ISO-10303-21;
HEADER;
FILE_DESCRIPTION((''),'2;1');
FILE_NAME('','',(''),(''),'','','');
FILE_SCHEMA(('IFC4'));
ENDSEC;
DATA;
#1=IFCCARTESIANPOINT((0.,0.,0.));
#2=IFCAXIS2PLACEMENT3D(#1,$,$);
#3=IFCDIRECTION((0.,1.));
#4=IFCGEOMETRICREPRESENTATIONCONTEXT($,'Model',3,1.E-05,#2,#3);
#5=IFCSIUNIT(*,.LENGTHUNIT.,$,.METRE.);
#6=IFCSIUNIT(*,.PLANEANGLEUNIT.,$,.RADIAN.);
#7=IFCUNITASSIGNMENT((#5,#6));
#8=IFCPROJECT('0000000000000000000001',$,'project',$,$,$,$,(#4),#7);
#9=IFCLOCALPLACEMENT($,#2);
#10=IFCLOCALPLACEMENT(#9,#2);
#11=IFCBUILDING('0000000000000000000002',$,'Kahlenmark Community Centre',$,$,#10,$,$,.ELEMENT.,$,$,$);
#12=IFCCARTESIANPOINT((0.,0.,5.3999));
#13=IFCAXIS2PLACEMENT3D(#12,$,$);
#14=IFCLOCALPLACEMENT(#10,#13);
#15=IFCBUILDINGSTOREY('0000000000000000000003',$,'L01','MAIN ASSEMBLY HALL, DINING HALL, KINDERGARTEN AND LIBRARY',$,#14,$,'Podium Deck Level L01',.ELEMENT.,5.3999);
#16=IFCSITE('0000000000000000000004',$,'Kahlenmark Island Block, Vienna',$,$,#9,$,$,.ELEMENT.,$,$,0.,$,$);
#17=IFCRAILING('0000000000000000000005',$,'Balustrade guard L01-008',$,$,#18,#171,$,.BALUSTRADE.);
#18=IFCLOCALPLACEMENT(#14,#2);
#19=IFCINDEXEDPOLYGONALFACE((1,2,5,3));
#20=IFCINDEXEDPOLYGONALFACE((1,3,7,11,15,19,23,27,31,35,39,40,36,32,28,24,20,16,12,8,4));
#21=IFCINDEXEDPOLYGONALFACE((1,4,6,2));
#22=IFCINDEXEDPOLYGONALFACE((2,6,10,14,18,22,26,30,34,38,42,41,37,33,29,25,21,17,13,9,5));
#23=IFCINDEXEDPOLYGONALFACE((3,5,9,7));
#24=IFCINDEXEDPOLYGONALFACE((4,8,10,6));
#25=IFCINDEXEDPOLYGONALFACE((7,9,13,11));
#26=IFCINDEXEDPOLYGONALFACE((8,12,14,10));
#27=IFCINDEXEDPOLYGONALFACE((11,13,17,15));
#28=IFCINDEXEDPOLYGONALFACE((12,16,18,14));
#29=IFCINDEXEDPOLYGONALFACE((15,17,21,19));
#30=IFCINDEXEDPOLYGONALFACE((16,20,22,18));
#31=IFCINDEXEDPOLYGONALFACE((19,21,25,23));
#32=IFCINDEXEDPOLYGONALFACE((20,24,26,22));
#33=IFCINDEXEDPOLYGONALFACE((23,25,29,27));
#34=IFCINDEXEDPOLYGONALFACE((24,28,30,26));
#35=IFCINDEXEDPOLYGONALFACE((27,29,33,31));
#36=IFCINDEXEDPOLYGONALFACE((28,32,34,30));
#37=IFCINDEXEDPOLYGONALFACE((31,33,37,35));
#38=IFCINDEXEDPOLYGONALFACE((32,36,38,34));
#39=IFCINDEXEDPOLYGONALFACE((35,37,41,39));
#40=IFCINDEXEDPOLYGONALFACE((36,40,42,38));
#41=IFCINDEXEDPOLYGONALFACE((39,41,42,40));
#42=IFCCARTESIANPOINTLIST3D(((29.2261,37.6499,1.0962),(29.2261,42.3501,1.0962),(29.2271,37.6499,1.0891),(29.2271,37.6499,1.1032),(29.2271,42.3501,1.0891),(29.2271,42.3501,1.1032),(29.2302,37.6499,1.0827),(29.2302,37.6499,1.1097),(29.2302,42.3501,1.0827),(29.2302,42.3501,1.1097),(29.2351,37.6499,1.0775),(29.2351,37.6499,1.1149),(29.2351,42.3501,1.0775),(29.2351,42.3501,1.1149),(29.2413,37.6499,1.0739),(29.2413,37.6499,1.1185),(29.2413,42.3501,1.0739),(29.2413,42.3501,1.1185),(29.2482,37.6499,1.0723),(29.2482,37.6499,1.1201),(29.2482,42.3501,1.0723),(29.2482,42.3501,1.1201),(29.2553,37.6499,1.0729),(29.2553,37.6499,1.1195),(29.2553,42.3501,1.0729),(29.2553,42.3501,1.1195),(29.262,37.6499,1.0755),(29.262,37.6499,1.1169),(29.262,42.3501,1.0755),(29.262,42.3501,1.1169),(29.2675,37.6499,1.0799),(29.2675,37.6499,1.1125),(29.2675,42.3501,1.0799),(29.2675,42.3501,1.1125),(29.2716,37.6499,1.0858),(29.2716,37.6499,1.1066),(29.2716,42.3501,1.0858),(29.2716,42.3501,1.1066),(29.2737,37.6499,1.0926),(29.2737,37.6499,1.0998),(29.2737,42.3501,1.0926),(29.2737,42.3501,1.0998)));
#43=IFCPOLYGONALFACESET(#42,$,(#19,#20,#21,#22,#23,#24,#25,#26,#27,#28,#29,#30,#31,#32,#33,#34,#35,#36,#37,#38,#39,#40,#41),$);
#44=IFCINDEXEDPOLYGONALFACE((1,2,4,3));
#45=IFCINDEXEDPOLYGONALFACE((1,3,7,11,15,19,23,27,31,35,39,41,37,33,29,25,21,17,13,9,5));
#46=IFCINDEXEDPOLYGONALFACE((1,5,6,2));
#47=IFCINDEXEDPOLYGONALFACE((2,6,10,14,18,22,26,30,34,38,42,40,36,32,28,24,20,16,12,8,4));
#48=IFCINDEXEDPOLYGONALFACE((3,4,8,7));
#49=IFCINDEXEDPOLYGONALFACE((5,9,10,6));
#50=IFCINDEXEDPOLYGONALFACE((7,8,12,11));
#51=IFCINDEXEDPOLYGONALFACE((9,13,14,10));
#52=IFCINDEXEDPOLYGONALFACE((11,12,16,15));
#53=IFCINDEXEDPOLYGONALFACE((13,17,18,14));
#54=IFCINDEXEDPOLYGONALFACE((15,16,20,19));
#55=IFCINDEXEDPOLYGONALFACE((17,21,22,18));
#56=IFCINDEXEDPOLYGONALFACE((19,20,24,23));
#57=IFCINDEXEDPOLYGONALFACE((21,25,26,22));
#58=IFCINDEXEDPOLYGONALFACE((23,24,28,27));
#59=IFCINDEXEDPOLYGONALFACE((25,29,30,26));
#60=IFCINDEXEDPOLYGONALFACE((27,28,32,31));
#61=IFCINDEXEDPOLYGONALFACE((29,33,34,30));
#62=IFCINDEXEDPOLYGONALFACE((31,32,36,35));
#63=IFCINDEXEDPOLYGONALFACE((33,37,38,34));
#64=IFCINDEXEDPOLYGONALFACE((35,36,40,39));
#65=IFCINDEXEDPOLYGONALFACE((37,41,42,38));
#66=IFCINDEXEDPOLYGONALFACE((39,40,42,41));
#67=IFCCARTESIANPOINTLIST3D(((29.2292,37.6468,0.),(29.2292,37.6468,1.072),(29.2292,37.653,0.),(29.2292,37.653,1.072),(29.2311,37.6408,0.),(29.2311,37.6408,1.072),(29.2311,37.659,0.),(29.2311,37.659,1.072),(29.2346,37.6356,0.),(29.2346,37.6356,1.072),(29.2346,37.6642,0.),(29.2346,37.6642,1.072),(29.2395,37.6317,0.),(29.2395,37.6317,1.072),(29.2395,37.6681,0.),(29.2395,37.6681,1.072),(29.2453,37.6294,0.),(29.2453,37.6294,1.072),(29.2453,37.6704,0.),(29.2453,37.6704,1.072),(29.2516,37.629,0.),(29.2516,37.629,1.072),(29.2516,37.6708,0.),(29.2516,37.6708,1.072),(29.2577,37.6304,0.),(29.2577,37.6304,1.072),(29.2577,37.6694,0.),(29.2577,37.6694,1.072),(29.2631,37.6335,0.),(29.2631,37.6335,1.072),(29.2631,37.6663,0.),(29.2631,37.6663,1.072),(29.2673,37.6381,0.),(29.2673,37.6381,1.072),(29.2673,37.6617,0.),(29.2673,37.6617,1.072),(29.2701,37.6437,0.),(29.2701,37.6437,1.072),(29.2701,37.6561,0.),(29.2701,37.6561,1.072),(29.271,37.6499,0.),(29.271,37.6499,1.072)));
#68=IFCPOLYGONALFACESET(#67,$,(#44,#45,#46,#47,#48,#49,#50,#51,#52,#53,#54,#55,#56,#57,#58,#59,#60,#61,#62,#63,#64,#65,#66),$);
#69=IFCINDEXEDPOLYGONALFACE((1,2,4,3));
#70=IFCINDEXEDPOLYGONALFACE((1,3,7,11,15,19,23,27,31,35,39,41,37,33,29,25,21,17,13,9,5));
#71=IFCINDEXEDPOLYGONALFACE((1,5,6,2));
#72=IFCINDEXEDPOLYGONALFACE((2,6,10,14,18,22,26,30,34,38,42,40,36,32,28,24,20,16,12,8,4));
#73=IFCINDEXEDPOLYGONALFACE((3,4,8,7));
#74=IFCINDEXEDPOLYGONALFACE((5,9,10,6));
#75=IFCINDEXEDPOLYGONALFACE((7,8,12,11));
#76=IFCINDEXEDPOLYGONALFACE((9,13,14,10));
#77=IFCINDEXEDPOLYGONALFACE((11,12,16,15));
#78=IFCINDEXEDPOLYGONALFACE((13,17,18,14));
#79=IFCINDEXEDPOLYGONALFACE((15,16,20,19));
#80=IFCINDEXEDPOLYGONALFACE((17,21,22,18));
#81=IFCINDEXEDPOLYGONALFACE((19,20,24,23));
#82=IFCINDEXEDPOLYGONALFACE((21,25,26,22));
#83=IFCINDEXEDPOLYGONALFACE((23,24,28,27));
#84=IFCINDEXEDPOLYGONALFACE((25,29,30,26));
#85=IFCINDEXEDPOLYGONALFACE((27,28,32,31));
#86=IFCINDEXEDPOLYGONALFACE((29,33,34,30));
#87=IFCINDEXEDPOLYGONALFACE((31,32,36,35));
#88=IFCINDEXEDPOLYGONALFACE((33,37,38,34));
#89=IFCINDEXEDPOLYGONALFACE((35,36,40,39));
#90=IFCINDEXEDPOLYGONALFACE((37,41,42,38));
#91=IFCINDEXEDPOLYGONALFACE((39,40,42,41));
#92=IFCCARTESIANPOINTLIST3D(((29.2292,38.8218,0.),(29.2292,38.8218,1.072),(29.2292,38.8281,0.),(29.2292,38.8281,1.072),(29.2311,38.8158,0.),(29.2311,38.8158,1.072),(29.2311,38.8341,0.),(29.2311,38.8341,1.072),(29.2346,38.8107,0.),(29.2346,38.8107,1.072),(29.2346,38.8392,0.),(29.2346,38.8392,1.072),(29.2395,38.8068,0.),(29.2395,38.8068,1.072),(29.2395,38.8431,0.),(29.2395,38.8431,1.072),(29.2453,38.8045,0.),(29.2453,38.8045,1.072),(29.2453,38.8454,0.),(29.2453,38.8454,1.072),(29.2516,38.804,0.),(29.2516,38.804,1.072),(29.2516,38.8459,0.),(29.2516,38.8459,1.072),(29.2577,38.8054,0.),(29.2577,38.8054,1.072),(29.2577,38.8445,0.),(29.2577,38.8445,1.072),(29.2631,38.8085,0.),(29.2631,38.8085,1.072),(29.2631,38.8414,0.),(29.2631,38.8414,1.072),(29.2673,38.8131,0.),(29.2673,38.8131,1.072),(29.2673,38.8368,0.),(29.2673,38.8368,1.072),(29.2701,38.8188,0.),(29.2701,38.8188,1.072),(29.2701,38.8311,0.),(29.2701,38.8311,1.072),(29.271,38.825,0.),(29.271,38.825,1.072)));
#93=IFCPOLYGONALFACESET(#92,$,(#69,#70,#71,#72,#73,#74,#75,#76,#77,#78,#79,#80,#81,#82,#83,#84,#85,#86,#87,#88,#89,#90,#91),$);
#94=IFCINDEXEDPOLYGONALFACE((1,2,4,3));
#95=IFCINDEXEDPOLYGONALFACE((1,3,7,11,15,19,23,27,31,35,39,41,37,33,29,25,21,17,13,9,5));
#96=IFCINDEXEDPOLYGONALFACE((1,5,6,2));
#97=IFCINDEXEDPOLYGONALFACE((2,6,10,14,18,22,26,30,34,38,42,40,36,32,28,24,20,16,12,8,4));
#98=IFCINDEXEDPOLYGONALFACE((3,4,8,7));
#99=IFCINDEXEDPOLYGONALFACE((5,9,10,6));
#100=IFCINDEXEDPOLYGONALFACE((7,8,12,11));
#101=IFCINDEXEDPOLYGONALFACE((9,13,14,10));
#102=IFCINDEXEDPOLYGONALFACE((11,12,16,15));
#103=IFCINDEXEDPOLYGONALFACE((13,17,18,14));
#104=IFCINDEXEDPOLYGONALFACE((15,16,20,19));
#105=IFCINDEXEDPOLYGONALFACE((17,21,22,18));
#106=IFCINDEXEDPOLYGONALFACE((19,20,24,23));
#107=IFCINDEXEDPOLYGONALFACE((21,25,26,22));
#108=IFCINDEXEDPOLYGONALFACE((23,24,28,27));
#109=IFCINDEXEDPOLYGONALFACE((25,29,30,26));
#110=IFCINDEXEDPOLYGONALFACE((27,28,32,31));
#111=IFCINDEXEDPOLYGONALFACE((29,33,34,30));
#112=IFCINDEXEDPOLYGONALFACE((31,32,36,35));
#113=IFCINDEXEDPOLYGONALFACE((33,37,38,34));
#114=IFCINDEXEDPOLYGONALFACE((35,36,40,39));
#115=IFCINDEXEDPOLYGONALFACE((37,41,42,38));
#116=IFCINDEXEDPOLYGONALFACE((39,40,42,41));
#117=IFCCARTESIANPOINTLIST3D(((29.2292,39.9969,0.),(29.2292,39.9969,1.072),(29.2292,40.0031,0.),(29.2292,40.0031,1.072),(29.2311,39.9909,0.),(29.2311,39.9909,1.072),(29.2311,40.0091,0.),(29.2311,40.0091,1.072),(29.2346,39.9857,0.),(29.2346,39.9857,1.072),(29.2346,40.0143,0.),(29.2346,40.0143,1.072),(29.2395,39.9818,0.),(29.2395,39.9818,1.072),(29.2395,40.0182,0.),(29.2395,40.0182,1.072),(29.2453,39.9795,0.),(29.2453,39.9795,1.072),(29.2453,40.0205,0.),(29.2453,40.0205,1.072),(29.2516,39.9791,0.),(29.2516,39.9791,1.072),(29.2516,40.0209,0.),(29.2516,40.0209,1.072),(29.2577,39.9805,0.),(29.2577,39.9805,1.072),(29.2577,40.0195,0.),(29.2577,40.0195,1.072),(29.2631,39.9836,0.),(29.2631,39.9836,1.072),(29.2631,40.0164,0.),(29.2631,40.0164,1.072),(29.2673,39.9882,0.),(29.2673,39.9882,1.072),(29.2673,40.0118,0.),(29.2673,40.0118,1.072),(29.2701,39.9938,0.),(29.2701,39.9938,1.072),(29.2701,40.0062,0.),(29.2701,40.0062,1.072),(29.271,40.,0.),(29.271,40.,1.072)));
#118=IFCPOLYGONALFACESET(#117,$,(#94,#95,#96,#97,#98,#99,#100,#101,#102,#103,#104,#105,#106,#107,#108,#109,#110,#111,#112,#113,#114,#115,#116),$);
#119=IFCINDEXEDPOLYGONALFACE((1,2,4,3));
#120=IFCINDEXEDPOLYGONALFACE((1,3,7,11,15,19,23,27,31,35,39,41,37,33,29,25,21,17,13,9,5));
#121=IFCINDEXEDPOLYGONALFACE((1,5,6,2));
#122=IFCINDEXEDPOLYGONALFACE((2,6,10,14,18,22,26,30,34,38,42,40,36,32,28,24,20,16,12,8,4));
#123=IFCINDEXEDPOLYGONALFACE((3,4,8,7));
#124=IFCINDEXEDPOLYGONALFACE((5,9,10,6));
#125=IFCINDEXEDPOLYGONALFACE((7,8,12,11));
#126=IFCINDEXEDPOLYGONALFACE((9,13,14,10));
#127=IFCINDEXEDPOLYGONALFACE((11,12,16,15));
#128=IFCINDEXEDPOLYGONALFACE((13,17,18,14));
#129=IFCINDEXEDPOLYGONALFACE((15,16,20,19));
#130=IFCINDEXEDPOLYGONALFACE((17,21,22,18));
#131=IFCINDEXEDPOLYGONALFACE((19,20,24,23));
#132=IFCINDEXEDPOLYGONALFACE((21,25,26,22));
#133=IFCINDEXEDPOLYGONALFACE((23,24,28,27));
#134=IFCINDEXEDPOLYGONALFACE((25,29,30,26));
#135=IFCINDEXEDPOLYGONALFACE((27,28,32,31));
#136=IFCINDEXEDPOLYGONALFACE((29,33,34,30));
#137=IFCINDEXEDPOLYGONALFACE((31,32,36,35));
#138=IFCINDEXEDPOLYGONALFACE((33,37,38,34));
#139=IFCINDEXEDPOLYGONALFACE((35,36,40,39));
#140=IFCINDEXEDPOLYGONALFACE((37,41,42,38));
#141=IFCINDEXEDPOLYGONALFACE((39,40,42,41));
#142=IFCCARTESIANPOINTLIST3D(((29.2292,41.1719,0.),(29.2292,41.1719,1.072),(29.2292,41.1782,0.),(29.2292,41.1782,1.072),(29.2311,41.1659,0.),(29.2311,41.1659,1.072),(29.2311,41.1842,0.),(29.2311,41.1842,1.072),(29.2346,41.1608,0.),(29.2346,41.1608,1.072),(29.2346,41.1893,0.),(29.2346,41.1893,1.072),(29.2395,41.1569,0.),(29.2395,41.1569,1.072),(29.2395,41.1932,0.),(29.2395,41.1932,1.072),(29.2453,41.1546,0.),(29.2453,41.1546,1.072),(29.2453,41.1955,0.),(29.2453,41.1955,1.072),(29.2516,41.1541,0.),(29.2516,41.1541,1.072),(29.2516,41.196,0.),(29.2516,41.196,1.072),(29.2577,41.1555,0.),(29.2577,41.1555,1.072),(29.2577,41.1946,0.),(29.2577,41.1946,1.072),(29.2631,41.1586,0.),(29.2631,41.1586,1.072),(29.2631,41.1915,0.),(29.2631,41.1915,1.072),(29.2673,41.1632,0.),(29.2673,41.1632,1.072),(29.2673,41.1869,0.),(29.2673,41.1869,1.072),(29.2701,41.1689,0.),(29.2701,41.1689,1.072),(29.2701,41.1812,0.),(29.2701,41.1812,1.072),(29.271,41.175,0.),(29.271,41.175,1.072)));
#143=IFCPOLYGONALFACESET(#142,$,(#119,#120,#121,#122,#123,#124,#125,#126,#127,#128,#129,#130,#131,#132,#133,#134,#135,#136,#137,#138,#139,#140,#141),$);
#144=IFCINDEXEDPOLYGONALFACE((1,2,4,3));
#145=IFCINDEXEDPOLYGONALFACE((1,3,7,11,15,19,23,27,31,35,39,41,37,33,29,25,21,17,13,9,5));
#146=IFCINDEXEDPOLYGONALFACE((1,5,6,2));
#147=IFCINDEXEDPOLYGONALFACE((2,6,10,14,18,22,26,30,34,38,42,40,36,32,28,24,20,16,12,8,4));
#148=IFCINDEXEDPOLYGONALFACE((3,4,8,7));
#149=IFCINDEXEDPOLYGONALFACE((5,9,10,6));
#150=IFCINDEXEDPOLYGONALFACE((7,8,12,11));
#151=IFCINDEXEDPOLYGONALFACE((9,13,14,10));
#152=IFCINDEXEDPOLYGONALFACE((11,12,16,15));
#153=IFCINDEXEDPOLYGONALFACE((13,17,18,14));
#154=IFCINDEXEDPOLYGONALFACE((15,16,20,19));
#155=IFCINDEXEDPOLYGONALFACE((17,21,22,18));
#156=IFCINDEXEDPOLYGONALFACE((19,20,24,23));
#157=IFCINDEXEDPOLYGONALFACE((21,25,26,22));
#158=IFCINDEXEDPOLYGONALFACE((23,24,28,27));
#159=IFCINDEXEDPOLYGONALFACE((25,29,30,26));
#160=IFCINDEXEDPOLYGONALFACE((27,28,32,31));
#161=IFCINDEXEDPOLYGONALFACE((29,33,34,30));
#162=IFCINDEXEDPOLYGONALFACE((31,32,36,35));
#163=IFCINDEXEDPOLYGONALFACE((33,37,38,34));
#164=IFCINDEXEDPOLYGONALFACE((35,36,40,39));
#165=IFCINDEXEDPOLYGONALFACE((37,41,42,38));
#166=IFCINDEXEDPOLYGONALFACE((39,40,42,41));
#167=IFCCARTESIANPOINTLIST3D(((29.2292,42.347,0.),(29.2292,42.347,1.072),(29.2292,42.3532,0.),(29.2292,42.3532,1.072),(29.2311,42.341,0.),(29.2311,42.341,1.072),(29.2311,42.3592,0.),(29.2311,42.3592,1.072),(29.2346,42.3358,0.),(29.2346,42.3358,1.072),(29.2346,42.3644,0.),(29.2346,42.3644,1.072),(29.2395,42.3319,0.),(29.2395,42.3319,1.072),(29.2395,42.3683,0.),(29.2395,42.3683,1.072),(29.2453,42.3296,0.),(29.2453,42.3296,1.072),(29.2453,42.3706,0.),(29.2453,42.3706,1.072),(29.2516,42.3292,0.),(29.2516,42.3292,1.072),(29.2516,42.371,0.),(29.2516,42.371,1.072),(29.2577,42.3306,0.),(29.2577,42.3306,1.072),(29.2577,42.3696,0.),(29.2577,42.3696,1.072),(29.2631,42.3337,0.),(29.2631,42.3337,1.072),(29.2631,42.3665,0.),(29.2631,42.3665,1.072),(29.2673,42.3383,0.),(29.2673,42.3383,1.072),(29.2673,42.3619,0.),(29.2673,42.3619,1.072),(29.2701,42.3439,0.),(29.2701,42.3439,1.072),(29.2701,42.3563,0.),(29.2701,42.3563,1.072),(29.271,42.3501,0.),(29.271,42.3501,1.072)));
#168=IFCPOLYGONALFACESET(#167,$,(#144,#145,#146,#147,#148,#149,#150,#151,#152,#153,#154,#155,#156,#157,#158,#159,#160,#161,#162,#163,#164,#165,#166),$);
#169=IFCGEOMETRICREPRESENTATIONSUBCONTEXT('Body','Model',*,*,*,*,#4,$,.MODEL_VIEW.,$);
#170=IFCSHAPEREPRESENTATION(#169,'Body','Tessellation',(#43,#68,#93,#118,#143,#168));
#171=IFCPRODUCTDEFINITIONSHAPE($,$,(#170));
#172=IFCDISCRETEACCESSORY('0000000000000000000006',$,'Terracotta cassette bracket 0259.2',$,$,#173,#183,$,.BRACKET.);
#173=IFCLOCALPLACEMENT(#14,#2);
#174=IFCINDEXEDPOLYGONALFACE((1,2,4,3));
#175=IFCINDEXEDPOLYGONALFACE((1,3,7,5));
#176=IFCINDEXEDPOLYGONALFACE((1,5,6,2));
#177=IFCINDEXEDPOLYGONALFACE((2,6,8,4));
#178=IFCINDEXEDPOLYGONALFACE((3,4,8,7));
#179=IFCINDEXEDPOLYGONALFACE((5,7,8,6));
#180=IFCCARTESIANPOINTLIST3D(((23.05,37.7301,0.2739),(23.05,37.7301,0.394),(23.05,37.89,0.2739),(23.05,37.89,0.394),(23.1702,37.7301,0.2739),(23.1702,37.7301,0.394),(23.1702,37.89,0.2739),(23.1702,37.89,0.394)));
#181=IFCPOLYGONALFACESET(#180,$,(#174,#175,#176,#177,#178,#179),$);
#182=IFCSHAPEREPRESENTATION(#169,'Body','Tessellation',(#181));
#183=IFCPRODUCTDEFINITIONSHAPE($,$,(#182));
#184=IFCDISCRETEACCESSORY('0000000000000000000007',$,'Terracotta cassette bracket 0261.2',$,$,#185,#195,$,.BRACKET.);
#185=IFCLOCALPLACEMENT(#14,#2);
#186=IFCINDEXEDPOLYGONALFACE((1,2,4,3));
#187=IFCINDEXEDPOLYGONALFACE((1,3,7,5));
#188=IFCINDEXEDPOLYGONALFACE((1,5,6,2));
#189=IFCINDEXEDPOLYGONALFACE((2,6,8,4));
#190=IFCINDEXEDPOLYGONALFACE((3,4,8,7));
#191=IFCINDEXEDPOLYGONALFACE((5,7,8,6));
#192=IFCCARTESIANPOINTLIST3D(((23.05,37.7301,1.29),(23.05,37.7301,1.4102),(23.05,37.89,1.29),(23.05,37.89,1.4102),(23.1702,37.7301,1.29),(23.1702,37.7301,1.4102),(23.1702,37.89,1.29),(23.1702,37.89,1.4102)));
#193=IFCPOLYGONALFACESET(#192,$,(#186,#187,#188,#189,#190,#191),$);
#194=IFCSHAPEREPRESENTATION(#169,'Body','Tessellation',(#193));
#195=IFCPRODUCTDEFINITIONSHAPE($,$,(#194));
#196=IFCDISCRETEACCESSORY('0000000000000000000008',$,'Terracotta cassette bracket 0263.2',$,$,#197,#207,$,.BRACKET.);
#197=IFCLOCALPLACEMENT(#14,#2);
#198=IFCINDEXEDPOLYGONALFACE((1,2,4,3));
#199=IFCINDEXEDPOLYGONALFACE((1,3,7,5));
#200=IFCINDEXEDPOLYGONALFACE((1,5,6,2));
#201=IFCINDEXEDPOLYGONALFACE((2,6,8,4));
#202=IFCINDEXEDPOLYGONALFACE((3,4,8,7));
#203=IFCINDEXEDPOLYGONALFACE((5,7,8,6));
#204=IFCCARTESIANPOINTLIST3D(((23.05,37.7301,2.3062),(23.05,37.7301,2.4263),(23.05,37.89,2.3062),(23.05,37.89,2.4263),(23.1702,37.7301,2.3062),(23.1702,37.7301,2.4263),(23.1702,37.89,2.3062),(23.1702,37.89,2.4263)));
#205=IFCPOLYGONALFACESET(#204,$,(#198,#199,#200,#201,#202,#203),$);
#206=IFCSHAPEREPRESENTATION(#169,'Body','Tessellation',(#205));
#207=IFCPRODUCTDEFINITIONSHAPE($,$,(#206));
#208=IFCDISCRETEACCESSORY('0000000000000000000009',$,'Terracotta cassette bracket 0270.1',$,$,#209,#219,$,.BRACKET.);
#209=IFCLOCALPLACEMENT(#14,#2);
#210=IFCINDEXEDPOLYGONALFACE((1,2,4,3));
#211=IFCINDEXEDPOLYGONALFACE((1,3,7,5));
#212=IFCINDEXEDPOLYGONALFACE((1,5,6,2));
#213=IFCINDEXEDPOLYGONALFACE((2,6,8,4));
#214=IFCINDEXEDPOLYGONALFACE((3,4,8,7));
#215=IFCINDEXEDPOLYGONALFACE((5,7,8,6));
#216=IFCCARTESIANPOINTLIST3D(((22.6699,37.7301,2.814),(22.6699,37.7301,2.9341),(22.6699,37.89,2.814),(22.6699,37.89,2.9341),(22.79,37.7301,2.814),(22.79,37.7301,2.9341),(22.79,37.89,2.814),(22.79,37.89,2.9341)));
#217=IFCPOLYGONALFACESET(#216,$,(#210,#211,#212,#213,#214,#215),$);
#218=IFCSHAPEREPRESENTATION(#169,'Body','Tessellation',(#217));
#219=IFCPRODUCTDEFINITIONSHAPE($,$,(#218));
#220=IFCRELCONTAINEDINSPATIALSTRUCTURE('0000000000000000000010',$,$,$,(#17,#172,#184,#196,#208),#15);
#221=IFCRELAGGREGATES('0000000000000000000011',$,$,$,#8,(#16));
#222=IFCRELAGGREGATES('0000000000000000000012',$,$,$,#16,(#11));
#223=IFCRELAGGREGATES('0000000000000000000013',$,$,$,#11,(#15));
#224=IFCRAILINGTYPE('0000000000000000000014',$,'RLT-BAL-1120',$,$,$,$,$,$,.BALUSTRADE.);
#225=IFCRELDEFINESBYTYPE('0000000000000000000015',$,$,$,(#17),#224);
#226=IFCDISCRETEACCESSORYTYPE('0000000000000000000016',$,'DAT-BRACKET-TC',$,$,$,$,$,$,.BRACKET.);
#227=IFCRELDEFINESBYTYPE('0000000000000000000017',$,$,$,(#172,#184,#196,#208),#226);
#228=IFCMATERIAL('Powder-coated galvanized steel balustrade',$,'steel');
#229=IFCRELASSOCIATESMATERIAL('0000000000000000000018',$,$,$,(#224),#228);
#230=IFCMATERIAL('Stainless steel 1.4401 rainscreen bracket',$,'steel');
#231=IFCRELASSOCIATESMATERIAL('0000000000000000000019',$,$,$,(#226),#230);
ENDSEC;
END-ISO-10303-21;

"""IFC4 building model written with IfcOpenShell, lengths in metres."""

from ifc_helpers import new_model, si_unit, direction, frame, origin, origin_2d, place, context, subcontext, project, spatial, rectangle, circle, extrude, material, type_object, element, save


model = new_model("IFC4")

# Units and contexts
model_context = context("Model", 3, precision=1e-05, world=origin(), true_north=direction((0.0, 1.0)))
body_context = subcontext(model_context, "Body", "Model", "MODEL_VIEW")
ifc_project = project(units=[si_unit("LENGTHUNIT", "METRE"), si_unit("PLANEANGLEUNIT", "RADIAN")], contexts=[model_context])

# Site, building, storey
site_placement = place(None, origin())
site = spatial("IfcSite", under=ifc_project, at=site_placement, Name="Kahlenmark Island Block, Vienna", CompositionType="ELEMENT", RefElevation=0.0)
building_placement = place(site_placement, origin())
building = spatial("IfcBuilding", under=site, at=building_placement, Name="Kahlenmark Community Centre", CompositionType="ELEMENT")
storey_placement = place(building_placement, frame((0.0, 0.0, 5.3999)))
storey = spatial("IfcBuildingStorey", under=building, at=storey_placement, Name="L01", Description="MAIN ASSEMBLY HALL, DINING HALL, KINDERGARTEN AND LIBRARY", LongName="Podium Deck Level L01", CompositionType="ELEMENT", Elevation=5.3999)

# Railing
ifc_material_1 = material(Name="Powder-coated galvanized steel balustrade", Category="steel")
railing_type = type_object("IfcRailingType", Name="RLT-BAL-1120", PredefinedType="BALUSTRADE", material=ifc_material_1)
railing_placement = place(storey_placement, frame((29.25, 37.6499, 0.0)))
element("IfcRailing", 1, at=railing_placement, inside=storey, type_object=railing_type, Name="Balustrade guard L01-008", PredefinedType="BALUSTRADE", context=body_context, shape_type="SweptSolid", body=[
    extrude(circle(Radius=0.0239, at=origin_2d()), frame((0.0, 0.0, 1.0962), z_axis=(0.0, 1.0, 0.0), x_axis=(-1.0, 0.0, 0.0)), (0.0, 0.0, 1.0), 4.7002),
    extrude(circle(Radius=0.021, at=origin_2d()), origin(), (0.0, 0.0, 1.0), 1.072),
    extrude(circle(Radius=0.021, at=origin_2d()), frame((0.0, 1.175, 0.0)), (0.0, 0.0, 1.0), 1.072),
    extrude(circle(Radius=0.021, at=origin_2d()), frame((0.0, 2.3501, 0.0)), (0.0, 0.0, 1.0), 1.072),
    extrude(circle(Radius=0.021, at=origin_2d()), frame((0.0, 3.5251, 0.0)), (0.0, 0.0, 1.0), 1.072),
    extrude(circle(Radius=0.021, at=origin_2d()), frame((0.0, 4.7002, 0.0)), (0.0, 0.0, 1.0), 1.072),
])

# Discrete accessories
ifc_material_2 = material(Name="Stainless steel 1.4401 rainscreen bracket", Category="steel")
discrete_accessory_type = type_object("IfcDiscreteAccessoryType", Name="DAT-BRACKET-TC", PredefinedType="BRACKET", material=ifc_material_2)
for number, where, z_axis, x_axis, name in (
    (2, (23.1101, 37.8101, 0.2739), (0.0, 0.0, 1.0), (-1.0, 0.0, 0.0), "Terracotta cassette bracket 0259.2"),
    (3, (23.1101, 37.8101, 1.29), (0.0, 0.0, 1.0), (-1.0, 0.0, 0.0), "Terracotta cassette bracket 0261.2"),
    (4, (23.1101, 37.8101, 2.3062), (0.0, 0.0, 1.0), (-1.0, 0.0, 0.0), "Terracotta cassette bracket 0263.2"),
    (5, (22.73, 37.8101, 2.814), (0.0, 0.0, 1.0), (-1.0, 0.0, 0.0), "Terracotta cassette bracket 0270.1"),
):
    element("IfcDiscreteAccessory", number, at=place(storey_placement, frame(where, z_axis=z_axis, x_axis=x_axis)), inside=storey, type_object=discrete_accessory_type, Name=name, PredefinedType="BRACKET", context=body_context, shape_type="SweptSolid", body=[
        extrude(rectangle(XDim=0.1201, YDim=0.1599, at=origin_2d()), origin(), (0.0, 0.0, 1.0), 0.1201),
    ])

save(model, "model.ifc")
